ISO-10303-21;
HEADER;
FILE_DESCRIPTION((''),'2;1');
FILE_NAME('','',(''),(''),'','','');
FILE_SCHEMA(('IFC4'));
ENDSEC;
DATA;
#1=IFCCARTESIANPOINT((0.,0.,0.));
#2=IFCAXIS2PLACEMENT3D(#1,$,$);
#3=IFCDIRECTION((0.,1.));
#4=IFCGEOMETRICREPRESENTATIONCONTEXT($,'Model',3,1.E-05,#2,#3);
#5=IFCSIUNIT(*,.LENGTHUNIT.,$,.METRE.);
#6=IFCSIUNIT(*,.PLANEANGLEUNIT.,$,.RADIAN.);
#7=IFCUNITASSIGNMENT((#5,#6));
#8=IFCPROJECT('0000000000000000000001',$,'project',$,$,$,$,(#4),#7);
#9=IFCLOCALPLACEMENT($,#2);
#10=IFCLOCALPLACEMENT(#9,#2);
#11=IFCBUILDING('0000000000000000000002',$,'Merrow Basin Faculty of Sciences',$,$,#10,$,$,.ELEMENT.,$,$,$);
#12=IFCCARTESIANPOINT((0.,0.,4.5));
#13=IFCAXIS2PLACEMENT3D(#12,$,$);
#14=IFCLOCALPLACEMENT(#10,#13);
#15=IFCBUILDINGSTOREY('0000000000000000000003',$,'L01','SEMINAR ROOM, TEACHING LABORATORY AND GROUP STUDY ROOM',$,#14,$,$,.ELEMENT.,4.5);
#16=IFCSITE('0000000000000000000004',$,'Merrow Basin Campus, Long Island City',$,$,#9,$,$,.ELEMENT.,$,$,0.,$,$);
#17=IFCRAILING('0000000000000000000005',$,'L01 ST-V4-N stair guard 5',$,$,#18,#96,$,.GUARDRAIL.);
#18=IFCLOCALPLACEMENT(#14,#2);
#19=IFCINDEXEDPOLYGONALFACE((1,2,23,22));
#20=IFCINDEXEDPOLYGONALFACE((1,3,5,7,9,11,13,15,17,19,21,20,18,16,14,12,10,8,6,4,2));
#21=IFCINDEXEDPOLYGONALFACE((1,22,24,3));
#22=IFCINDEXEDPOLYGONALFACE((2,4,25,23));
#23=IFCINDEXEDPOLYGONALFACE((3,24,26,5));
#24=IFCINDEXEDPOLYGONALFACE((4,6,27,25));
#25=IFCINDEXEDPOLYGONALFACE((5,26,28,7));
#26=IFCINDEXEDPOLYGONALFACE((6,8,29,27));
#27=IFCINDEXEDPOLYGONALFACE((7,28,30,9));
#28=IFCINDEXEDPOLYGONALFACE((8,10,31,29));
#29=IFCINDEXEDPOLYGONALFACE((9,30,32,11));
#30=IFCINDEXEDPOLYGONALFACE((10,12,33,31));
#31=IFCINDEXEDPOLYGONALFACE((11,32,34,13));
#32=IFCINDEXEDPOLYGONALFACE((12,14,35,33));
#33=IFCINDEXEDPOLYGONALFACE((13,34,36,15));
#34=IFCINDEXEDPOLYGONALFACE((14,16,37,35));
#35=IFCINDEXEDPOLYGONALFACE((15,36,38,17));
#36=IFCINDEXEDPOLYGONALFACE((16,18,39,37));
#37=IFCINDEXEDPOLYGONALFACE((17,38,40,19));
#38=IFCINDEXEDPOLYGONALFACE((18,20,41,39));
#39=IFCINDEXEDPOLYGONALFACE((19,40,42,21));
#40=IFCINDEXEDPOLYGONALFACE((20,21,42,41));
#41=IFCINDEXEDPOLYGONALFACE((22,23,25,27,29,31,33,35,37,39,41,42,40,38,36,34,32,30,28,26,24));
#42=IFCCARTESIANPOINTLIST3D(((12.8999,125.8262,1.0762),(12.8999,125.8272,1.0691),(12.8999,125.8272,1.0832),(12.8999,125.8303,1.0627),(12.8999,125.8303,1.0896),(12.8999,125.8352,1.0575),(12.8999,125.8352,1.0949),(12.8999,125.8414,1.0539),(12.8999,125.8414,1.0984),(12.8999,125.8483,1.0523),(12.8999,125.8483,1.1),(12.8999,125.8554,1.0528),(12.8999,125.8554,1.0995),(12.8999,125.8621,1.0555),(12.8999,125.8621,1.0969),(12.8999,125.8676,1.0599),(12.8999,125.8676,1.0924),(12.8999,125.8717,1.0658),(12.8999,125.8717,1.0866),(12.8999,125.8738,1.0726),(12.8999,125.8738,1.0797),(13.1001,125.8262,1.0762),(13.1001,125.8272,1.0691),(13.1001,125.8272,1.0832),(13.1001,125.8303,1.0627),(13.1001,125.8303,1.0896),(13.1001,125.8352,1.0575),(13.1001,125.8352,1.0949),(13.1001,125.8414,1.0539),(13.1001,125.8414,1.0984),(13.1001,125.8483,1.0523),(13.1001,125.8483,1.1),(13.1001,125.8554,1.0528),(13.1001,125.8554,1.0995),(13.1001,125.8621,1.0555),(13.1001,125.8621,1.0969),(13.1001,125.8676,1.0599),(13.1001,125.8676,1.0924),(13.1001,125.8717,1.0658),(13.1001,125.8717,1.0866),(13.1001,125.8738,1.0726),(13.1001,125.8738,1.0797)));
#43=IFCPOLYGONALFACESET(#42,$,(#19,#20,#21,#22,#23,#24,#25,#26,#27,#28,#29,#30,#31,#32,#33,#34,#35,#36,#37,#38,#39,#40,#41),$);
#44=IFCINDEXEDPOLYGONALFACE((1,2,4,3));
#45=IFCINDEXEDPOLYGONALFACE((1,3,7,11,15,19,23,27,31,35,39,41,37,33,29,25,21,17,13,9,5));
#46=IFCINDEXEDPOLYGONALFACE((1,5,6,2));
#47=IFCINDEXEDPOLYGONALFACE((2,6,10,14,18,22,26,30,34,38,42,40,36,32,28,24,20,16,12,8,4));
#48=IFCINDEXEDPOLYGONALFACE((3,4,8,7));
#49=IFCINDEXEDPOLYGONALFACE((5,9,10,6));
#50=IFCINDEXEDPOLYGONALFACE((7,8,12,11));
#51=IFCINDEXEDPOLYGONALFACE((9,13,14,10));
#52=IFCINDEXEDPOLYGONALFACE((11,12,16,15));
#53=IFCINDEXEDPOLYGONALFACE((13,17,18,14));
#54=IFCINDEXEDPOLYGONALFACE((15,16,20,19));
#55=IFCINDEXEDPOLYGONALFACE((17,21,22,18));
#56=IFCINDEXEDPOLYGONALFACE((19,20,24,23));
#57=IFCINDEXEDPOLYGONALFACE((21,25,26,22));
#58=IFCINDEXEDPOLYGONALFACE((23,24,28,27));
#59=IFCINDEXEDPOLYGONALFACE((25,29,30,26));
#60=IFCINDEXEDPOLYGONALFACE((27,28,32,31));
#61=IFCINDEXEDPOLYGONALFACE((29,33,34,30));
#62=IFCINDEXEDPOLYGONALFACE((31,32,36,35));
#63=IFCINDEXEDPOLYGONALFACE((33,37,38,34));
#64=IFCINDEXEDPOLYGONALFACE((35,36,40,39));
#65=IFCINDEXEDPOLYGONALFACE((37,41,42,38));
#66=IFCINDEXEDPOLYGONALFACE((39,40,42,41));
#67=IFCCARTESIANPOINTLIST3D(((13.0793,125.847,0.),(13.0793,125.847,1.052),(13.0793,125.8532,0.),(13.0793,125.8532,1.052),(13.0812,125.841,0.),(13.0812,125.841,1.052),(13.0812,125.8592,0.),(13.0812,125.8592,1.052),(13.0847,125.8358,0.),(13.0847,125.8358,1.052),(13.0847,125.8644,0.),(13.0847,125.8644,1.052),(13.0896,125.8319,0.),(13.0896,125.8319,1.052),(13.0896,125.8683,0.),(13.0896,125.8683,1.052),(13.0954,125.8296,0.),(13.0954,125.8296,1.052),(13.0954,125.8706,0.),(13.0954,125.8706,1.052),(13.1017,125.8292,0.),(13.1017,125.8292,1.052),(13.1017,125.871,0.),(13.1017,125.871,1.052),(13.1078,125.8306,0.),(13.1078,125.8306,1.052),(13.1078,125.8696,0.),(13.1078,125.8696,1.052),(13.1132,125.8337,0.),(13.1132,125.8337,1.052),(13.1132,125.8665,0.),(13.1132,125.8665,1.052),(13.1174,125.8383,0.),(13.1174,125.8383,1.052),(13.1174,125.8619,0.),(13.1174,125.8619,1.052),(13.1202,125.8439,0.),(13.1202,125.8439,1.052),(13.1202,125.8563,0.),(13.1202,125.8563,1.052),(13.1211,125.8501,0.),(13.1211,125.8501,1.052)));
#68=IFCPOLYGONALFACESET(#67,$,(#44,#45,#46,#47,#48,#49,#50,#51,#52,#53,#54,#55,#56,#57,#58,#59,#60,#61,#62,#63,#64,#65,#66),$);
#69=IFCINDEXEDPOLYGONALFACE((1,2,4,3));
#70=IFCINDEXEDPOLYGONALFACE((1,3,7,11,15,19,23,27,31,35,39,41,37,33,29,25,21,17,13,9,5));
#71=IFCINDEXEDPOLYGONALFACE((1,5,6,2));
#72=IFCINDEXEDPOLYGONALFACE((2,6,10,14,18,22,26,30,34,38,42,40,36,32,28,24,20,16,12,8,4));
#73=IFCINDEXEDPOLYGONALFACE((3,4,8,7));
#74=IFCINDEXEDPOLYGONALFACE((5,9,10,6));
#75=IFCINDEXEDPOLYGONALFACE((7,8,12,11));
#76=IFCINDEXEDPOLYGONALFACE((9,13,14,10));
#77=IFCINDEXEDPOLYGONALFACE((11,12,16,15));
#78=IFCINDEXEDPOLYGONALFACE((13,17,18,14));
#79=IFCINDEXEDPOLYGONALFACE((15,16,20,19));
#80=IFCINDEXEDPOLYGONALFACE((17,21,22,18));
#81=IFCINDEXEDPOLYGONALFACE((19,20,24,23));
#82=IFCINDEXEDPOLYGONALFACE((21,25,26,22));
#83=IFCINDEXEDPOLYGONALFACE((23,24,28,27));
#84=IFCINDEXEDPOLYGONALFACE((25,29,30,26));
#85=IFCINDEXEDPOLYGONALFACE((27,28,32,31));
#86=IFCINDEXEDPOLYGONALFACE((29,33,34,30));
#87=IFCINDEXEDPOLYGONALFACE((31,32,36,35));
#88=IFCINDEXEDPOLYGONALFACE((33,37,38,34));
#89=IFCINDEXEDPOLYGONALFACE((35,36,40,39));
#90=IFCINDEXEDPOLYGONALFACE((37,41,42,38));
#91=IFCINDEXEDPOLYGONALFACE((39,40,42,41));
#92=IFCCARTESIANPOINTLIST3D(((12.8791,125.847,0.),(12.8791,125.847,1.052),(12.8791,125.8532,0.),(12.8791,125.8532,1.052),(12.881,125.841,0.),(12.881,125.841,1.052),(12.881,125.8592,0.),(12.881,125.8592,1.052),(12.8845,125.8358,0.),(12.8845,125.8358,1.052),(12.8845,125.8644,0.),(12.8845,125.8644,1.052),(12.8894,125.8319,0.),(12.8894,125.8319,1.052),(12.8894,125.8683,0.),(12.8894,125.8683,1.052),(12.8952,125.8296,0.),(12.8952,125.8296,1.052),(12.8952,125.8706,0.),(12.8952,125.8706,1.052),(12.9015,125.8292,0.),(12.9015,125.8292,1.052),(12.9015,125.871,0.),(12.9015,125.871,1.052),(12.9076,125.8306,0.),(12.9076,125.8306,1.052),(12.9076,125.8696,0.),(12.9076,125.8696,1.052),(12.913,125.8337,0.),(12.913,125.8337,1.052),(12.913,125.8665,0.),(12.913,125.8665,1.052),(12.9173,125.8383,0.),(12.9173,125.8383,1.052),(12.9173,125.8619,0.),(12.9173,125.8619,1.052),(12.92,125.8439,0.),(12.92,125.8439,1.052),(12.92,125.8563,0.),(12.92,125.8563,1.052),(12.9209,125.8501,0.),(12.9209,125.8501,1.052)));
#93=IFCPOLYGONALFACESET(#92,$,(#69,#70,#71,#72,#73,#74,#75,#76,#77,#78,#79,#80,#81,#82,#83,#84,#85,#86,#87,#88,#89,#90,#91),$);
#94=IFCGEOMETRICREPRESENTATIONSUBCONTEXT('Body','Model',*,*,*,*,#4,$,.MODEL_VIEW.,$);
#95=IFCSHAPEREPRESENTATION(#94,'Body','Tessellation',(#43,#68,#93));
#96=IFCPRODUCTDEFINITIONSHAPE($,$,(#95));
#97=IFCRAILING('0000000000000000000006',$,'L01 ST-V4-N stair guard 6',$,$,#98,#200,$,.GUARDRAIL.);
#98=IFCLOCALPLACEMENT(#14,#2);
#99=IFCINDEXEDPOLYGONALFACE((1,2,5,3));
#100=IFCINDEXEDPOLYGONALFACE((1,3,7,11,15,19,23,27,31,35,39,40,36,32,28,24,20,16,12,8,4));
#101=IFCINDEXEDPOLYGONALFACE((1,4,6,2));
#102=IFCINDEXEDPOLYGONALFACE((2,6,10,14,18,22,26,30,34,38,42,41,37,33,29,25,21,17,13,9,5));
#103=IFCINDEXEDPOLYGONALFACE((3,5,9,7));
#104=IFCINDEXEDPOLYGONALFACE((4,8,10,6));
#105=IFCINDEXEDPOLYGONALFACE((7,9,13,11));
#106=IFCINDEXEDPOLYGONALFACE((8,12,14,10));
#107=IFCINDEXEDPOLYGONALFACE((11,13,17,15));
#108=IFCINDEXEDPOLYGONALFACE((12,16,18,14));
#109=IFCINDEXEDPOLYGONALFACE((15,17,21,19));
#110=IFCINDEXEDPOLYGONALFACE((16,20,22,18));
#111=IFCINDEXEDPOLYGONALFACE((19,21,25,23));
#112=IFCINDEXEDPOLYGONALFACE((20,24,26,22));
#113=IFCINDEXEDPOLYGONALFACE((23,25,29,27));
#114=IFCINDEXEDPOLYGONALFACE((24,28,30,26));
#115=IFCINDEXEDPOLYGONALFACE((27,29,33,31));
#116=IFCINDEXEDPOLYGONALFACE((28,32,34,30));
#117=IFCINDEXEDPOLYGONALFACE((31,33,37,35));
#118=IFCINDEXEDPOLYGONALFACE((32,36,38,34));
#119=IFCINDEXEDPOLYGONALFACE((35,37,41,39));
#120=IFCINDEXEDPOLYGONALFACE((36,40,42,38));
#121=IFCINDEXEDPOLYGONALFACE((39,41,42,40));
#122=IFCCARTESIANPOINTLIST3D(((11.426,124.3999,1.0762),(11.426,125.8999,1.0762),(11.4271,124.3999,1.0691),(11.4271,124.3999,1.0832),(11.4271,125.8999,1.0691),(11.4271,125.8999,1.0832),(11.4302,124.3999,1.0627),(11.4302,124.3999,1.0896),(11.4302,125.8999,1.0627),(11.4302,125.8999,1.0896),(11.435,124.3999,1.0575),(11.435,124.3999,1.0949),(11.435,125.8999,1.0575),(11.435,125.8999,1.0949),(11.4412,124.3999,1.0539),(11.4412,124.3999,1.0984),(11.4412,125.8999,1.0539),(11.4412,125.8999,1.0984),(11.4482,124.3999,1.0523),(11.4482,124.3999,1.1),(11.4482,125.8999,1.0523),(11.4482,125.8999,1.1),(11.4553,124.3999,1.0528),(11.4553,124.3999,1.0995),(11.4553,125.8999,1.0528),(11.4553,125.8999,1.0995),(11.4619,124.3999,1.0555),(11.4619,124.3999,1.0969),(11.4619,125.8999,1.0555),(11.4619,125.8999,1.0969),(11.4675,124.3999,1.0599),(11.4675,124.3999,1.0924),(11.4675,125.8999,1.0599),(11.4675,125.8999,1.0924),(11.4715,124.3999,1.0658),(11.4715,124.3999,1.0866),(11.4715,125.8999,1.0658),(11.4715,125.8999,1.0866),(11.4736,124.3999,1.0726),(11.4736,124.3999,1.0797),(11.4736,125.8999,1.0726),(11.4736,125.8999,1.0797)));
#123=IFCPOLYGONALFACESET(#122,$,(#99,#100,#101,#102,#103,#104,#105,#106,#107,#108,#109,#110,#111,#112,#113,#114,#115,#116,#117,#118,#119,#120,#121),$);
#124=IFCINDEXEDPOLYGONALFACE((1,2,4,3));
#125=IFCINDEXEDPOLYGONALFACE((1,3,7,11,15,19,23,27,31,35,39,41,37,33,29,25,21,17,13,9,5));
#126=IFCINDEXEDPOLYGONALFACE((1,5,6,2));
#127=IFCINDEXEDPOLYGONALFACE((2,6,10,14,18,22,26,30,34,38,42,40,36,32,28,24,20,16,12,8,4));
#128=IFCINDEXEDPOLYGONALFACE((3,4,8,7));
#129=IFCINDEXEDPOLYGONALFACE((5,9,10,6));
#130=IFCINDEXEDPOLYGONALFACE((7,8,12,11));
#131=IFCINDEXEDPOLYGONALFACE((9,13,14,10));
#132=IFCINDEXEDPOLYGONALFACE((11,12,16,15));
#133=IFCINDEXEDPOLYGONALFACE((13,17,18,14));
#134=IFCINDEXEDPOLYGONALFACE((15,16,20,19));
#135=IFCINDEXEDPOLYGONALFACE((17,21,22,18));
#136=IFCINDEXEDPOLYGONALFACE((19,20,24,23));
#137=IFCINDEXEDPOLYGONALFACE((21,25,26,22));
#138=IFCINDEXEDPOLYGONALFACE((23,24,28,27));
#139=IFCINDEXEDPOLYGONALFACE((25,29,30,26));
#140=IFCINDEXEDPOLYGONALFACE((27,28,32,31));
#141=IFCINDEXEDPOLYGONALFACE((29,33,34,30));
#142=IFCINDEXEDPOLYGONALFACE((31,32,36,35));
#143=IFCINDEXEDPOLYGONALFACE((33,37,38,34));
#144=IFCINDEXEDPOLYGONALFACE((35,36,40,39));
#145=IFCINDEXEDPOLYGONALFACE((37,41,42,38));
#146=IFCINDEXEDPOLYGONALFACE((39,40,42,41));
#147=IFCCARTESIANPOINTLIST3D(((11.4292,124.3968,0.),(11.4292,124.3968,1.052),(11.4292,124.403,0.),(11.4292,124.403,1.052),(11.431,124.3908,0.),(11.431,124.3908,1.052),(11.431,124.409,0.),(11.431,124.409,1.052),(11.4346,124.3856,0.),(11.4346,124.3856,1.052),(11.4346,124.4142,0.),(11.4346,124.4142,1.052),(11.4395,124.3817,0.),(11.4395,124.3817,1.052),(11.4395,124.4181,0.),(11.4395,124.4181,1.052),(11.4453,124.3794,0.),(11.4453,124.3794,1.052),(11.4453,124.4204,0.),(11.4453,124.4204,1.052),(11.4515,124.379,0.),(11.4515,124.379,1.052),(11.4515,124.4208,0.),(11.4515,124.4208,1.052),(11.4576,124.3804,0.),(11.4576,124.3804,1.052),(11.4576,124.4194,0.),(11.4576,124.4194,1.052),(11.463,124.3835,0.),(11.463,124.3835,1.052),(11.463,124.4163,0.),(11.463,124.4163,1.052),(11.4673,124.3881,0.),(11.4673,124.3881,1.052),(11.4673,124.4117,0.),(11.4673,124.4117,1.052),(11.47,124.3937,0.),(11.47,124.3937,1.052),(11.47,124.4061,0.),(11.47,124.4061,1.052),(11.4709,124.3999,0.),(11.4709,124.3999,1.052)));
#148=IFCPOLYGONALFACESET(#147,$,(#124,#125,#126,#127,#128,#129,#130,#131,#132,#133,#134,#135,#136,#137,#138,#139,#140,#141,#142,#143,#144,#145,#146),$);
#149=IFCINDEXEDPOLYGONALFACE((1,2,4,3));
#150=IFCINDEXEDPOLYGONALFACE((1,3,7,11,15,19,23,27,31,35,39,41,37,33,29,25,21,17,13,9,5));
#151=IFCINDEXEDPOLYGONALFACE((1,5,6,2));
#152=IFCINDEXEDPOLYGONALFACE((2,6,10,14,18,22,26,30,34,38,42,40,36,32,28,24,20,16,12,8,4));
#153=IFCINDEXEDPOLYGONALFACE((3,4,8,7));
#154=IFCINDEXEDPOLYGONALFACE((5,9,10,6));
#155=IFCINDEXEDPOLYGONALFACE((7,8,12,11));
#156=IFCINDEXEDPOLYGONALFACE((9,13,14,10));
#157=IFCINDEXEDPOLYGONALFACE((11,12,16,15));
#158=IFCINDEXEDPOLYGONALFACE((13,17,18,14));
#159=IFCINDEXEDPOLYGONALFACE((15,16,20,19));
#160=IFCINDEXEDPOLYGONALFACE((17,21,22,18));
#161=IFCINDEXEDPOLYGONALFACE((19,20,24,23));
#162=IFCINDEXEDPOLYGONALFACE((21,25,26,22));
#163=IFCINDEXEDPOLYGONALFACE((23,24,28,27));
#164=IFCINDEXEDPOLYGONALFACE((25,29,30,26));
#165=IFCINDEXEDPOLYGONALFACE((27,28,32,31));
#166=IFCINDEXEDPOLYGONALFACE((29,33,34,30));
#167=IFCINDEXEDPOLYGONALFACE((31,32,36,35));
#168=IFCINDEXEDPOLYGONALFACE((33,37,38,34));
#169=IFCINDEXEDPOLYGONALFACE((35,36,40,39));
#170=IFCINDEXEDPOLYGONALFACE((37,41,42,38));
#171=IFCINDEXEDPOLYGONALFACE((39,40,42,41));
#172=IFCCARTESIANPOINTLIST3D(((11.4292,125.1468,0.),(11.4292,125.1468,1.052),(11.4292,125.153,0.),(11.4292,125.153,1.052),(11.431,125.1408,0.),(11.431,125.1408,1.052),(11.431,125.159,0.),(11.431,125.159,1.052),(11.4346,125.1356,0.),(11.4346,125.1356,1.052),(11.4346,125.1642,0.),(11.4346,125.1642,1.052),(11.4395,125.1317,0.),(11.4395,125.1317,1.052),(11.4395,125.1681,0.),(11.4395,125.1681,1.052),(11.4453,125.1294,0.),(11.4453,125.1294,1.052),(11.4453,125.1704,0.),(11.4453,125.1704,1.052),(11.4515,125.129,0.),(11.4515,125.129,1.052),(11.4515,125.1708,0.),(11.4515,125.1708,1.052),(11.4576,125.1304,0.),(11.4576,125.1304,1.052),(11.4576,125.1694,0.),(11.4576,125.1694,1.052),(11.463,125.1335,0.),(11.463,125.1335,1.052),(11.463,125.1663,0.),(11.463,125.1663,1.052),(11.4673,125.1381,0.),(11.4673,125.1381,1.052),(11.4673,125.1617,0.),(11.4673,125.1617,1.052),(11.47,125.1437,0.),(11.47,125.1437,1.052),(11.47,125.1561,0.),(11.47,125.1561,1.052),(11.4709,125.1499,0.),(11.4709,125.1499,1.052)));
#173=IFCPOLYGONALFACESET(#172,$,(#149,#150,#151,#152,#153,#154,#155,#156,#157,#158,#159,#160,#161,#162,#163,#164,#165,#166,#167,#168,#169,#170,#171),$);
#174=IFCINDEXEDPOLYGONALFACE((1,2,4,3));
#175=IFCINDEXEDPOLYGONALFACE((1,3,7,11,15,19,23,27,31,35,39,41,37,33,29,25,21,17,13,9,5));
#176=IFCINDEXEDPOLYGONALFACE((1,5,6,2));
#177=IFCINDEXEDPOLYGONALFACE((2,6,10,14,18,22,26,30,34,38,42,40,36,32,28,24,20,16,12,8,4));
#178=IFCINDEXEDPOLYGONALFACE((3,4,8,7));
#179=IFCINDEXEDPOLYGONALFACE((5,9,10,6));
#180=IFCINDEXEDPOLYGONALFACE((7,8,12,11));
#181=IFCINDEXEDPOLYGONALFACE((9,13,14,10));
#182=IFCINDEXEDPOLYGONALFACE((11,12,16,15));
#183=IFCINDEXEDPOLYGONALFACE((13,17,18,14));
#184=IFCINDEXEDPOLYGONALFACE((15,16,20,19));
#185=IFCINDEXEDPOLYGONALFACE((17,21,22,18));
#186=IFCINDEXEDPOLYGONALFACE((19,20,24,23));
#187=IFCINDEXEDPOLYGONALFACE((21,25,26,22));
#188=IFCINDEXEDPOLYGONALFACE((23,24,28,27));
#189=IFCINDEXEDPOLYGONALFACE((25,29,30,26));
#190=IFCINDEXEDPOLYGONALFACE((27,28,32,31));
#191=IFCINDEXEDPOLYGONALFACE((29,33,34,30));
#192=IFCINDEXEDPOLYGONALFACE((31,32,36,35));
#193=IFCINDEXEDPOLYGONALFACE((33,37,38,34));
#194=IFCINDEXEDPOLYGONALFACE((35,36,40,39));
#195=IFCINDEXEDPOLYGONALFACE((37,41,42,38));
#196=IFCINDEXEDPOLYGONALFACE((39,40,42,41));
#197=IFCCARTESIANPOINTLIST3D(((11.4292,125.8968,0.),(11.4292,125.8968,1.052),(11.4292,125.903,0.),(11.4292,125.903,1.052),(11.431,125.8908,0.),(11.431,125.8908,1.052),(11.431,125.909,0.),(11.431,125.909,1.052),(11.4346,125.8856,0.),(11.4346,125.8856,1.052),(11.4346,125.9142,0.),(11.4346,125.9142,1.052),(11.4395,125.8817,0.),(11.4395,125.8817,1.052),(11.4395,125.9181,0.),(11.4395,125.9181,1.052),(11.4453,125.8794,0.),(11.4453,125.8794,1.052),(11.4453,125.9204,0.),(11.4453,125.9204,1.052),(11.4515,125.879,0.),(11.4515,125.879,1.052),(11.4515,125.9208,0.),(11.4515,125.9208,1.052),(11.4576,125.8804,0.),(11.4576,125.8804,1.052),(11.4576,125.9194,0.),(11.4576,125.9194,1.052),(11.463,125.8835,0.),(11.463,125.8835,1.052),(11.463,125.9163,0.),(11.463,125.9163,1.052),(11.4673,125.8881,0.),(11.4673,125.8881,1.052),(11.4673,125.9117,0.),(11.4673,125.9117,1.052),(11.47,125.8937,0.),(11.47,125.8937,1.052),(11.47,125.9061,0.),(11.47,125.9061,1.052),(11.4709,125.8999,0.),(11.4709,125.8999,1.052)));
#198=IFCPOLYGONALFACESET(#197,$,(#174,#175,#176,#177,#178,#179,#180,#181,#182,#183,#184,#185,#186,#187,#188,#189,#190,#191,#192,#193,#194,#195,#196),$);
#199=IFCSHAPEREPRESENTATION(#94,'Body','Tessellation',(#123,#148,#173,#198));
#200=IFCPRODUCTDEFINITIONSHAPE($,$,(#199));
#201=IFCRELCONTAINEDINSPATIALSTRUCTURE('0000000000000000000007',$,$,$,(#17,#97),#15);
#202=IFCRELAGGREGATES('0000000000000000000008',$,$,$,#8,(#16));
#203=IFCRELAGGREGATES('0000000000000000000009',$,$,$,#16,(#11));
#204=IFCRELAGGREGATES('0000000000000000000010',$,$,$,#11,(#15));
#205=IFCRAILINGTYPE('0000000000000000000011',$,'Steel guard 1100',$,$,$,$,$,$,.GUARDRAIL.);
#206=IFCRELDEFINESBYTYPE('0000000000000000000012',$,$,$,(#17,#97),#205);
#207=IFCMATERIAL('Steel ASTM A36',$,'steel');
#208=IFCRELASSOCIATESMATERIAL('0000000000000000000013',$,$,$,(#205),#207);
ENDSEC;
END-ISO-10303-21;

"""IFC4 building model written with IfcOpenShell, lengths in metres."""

from ifc_helpers import new_model, si_unit, direction, frame, origin, origin_2d, place, context, subcontext, project, spatial, circle, extrude, material, type_object, element, save


model = new_model("IFC4")

# Units and contexts
model_context = context("Model", 3, precision=1e-05, world=origin(), true_north=direction((0.0, 1.0)))
body_context = subcontext(model_context, "Body", "Model", "MODEL_VIEW")
ifc_project = project(units=[si_unit("LENGTHUNIT", "METRE"), si_unit("PLANEANGLEUNIT", "RADIAN")], contexts=[model_context])

# Site, building, storey
site_placement = place(None, origin())
site = spatial("IfcSite", under=ifc_project, at=site_placement, Name="Merrow Basin Campus, Long Island City", CompositionType="ELEMENT", RefElevation=0.0)
building_placement = place(site_placement, origin())
building = spatial("IfcBuilding", under=site, at=building_placement, Name="Merrow Basin Faculty of Sciences", CompositionType="ELEMENT")
storey_placement = place(building_placement, frame((0.0, 0.0, 4.5)))
storey = spatial("IfcBuildingStorey", under=building, at=storey_placement, Name="L01", Description="SEMINAR ROOM, TEACHING LABORATORY AND GROUP STUDY ROOM", CompositionType="ELEMENT", Elevation=4.5)

# Railings
ifc_material_1 = material(Name="Steel ASTM A36", Category="steel")
railing_type_1 = type_object("IfcRailingType", Name="Steel guard 1100", PredefinedType="GUARDRAIL", material=ifc_material_1)
railing_1_placement = place(storey_placement, frame((13.1001, 125.8501, 0.0)))
element("IfcRailing", 1, at=railing_1_placement, inside=storey, type_object=railing_type_1, Name="L01 ST-V4-N stair guard 5", PredefinedType="GUARDRAIL", context=body_context, shape_type="SweptSolid", body=[
    extrude(circle(Radius=0.0239, at=origin_2d()), frame((0.0, 0.0, 1.0762), z_axis=(-1.0, 0.0, 0.0), x_axis=(0.0, -1.0, 0.0)), (0.0, 0.0, 1.0), 0.2002),
    extrude(circle(Radius=0.021, at=origin_2d()), origin(), (0.0, 0.0, 1.0), 1.052),
    extrude(circle(Radius=0.021, at=origin_2d()), frame((-0.2002, 0.0, 0.0)), (0.0, 0.0, 1.0), 1.052),
])
railing_2_placement = place(storey_placement, frame((11.45, 124.3999, 0.0)))
element("IfcRailing", 2, at=railing_2_placement, inside=storey, type_object=railing_type_1, Name="L01 ST-V4-N stair guard 6", PredefinedType="GUARDRAIL", context=body_context, shape_type="SweptSolid", body=[
    extrude(circle(Radius=0.0239, at=origin_2d()), frame((0.0, 0.0, 1.0762), z_axis=(0.0, 1.0, 0.0), x_axis=(-1.0, 0.0, 0.0)), (0.0, 0.0, 1.0), 1.5),
    extrude(circle(Radius=0.021, at=origin_2d()), origin(), (0.0, 0.0, 1.0), 1.052),
    extrude(circle(Radius=0.021, at=origin_2d()), frame((0.0, 0.75, 0.0)), (0.0, 0.0, 1.0), 1.052),
    extrude(circle(Radius=0.021, at=origin_2d()), frame((0.0, 1.5, 0.0)), (0.0, 0.0, 1.0), 1.052),
])

save(model, "model.ifc")
